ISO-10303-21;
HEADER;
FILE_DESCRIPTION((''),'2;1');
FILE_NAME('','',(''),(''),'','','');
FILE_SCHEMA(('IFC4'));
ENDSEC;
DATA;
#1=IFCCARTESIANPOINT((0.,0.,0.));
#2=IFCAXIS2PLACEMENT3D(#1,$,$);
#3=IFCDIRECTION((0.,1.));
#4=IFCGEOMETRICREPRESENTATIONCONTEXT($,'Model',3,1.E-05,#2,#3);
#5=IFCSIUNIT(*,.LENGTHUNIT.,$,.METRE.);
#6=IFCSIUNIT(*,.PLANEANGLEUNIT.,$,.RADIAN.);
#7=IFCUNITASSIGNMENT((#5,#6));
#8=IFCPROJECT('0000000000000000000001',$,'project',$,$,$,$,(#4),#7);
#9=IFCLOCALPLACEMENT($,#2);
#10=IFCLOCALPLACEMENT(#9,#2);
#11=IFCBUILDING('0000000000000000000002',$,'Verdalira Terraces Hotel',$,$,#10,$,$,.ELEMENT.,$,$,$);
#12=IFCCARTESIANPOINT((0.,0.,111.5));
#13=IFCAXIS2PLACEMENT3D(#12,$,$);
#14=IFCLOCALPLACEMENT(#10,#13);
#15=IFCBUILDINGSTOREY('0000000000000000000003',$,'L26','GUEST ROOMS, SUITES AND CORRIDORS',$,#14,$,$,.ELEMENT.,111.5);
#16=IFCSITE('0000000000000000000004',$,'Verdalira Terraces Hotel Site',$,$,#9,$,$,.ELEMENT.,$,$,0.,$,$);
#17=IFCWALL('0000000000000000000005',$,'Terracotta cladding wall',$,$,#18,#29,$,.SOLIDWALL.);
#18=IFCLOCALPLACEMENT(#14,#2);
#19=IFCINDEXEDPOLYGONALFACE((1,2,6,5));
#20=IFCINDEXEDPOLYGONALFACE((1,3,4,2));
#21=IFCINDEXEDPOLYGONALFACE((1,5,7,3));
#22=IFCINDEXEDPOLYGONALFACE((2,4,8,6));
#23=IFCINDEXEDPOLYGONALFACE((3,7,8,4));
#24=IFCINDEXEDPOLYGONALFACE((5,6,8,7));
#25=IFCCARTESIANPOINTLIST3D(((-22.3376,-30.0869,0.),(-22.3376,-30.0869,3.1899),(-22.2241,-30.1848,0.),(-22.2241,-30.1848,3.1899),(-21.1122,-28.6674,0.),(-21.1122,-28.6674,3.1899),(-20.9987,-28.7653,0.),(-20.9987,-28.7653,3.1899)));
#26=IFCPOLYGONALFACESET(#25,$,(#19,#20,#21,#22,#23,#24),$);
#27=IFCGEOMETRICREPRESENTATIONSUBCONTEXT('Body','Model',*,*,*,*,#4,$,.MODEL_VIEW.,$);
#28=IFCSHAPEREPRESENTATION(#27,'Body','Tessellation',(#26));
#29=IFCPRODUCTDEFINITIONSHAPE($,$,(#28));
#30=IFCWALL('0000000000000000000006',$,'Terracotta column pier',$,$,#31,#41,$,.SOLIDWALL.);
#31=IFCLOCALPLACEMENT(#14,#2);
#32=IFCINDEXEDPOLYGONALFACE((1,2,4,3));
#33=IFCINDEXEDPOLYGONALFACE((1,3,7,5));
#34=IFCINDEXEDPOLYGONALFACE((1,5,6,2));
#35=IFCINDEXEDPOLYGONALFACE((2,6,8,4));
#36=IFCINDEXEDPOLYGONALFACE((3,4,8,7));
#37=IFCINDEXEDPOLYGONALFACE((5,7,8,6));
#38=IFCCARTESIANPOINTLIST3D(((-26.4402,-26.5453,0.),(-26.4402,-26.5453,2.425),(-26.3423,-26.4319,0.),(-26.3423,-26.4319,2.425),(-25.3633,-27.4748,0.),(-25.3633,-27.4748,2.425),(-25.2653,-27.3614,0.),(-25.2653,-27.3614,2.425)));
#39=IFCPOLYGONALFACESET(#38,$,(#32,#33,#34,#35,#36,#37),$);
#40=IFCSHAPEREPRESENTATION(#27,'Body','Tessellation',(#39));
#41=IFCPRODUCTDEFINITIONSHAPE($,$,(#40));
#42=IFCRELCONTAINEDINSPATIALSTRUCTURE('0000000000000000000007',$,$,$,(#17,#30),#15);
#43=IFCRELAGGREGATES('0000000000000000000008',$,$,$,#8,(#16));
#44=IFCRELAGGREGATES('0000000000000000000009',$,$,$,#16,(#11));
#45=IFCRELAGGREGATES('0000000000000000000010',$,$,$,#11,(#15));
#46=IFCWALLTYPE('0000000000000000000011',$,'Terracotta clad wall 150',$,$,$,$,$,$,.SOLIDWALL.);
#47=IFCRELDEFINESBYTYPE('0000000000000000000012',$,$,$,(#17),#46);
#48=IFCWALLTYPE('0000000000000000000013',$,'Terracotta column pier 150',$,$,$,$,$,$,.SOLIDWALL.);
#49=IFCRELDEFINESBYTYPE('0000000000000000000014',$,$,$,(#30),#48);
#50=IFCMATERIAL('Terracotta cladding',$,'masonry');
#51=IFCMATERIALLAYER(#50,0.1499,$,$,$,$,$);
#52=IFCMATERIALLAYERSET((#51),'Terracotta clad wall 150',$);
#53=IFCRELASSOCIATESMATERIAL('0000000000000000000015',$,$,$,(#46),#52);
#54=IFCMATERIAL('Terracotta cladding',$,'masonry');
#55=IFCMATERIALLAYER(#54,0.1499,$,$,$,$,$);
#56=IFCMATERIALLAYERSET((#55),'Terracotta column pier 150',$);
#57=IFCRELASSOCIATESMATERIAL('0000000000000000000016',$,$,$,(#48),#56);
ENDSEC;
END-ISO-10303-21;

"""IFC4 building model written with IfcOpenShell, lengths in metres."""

from ifc_helpers import new_model, si_unit, direction, frame, frame_2d, origin, place, context, subcontext, project, spatial, rectangle, extrude, material, layer, layer_set, type_object, element, save


model = new_model("IFC4")

# Units and contexts
model_context = context("Model", 3, precision=1e-05, world=origin(), true_north=direction((0.0, 1.0)))
body_context = subcontext(model_context, "Body", "Model", "MODEL_VIEW")
ifc_project = project(units=[si_unit("LENGTHUNIT", "METRE"), si_unit("PLANEANGLEUNIT", "RADIAN")], contexts=[model_context])

# Site, building, storey
site_placement = place(None, origin())
site = spatial("IfcSite", under=ifc_project, at=site_placement, Name="Verdalira Terraces Hotel Site", CompositionType="ELEMENT", RefElevation=0.0)
building_placement = place(site_placement, origin())
building = spatial("IfcBuilding", under=site, at=building_placement, Name="Verdalira Terraces Hotel", CompositionType="ELEMENT")
storey_placement = place(building_placement, frame((0.0, 0.0, 111.5)))
storey = spatial("IfcBuildingStorey", under=building, at=storey_placement, Name="L26", Description="GUEST ROOMS, SUITES AND CORRIDORS", CompositionType="ELEMENT", Elevation=111.5)

# Walls
ifc_material_1 = material(Name="Terracotta cladding", Category="masonry")
ifc_layer_1 = layer(ifc_material_1, 0.1499)
ifc_layer_set_1 = layer_set([ifc_layer_1], Name="Terracotta clad wall 150")
wall_type_1 = type_object("IfcWallType", Name="Terracotta clad wall 150", PredefinedType="SOLIDWALL", material=ifc_layer_set_1)
wall_1_placement = place(storey_placement, frame((-22.2808, -30.1357, 0.0), z_axis=(0.0, 0.0, 1.0), x_axis=(0.653457, 0.756964, 0.0)))
element("IfcWall", 1, at=wall_1_placement, inside=storey, type_object=wall_type_1, Name="Terracotta cladding wall", PredefinedType="SOLIDWALL", context=body_context, shape_type="SweptSolid", body=[
    extrude(rectangle(XDim=1.8752, YDim=0.1499, at=frame_2d((0.9375, 0.0))), origin(), (0.0, 0.0, 1.0), 3.1899),
])
ifc_material_2 = material(Name="Terracotta cladding", Category="masonry")
ifc_layer_2 = layer(ifc_material_2, 0.1499)
ifc_layer_set_2 = layer_set([ifc_layer_2], Name="Terracotta column pier 150")
wall_type_2 = type_object("IfcWallType", Name="Terracotta column pier 150", PredefinedType="SOLIDWALL", material=ifc_layer_set_2)
wall_2_placement = place(storey_placement, frame((-26.3914, -26.4885, 0.0), z_axis=(0.0, 0.0, 1.0), x_axis=(0.757035, -0.653374, 0.0)))
element("IfcWall", 2, at=wall_2_placement, inside=storey, type_object=wall_type_2, Name="Terracotta column pier", PredefinedType="SOLIDWALL", context=body_context, shape_type="SweptSolid", body=[
    extrude(rectangle(XDim=1.4226, YDim=0.1499, at=frame_2d((0.7114, 0.0))), origin(), (0.0, 0.0, 1.0), 2.425),
])

save(model, "model.ifc")
